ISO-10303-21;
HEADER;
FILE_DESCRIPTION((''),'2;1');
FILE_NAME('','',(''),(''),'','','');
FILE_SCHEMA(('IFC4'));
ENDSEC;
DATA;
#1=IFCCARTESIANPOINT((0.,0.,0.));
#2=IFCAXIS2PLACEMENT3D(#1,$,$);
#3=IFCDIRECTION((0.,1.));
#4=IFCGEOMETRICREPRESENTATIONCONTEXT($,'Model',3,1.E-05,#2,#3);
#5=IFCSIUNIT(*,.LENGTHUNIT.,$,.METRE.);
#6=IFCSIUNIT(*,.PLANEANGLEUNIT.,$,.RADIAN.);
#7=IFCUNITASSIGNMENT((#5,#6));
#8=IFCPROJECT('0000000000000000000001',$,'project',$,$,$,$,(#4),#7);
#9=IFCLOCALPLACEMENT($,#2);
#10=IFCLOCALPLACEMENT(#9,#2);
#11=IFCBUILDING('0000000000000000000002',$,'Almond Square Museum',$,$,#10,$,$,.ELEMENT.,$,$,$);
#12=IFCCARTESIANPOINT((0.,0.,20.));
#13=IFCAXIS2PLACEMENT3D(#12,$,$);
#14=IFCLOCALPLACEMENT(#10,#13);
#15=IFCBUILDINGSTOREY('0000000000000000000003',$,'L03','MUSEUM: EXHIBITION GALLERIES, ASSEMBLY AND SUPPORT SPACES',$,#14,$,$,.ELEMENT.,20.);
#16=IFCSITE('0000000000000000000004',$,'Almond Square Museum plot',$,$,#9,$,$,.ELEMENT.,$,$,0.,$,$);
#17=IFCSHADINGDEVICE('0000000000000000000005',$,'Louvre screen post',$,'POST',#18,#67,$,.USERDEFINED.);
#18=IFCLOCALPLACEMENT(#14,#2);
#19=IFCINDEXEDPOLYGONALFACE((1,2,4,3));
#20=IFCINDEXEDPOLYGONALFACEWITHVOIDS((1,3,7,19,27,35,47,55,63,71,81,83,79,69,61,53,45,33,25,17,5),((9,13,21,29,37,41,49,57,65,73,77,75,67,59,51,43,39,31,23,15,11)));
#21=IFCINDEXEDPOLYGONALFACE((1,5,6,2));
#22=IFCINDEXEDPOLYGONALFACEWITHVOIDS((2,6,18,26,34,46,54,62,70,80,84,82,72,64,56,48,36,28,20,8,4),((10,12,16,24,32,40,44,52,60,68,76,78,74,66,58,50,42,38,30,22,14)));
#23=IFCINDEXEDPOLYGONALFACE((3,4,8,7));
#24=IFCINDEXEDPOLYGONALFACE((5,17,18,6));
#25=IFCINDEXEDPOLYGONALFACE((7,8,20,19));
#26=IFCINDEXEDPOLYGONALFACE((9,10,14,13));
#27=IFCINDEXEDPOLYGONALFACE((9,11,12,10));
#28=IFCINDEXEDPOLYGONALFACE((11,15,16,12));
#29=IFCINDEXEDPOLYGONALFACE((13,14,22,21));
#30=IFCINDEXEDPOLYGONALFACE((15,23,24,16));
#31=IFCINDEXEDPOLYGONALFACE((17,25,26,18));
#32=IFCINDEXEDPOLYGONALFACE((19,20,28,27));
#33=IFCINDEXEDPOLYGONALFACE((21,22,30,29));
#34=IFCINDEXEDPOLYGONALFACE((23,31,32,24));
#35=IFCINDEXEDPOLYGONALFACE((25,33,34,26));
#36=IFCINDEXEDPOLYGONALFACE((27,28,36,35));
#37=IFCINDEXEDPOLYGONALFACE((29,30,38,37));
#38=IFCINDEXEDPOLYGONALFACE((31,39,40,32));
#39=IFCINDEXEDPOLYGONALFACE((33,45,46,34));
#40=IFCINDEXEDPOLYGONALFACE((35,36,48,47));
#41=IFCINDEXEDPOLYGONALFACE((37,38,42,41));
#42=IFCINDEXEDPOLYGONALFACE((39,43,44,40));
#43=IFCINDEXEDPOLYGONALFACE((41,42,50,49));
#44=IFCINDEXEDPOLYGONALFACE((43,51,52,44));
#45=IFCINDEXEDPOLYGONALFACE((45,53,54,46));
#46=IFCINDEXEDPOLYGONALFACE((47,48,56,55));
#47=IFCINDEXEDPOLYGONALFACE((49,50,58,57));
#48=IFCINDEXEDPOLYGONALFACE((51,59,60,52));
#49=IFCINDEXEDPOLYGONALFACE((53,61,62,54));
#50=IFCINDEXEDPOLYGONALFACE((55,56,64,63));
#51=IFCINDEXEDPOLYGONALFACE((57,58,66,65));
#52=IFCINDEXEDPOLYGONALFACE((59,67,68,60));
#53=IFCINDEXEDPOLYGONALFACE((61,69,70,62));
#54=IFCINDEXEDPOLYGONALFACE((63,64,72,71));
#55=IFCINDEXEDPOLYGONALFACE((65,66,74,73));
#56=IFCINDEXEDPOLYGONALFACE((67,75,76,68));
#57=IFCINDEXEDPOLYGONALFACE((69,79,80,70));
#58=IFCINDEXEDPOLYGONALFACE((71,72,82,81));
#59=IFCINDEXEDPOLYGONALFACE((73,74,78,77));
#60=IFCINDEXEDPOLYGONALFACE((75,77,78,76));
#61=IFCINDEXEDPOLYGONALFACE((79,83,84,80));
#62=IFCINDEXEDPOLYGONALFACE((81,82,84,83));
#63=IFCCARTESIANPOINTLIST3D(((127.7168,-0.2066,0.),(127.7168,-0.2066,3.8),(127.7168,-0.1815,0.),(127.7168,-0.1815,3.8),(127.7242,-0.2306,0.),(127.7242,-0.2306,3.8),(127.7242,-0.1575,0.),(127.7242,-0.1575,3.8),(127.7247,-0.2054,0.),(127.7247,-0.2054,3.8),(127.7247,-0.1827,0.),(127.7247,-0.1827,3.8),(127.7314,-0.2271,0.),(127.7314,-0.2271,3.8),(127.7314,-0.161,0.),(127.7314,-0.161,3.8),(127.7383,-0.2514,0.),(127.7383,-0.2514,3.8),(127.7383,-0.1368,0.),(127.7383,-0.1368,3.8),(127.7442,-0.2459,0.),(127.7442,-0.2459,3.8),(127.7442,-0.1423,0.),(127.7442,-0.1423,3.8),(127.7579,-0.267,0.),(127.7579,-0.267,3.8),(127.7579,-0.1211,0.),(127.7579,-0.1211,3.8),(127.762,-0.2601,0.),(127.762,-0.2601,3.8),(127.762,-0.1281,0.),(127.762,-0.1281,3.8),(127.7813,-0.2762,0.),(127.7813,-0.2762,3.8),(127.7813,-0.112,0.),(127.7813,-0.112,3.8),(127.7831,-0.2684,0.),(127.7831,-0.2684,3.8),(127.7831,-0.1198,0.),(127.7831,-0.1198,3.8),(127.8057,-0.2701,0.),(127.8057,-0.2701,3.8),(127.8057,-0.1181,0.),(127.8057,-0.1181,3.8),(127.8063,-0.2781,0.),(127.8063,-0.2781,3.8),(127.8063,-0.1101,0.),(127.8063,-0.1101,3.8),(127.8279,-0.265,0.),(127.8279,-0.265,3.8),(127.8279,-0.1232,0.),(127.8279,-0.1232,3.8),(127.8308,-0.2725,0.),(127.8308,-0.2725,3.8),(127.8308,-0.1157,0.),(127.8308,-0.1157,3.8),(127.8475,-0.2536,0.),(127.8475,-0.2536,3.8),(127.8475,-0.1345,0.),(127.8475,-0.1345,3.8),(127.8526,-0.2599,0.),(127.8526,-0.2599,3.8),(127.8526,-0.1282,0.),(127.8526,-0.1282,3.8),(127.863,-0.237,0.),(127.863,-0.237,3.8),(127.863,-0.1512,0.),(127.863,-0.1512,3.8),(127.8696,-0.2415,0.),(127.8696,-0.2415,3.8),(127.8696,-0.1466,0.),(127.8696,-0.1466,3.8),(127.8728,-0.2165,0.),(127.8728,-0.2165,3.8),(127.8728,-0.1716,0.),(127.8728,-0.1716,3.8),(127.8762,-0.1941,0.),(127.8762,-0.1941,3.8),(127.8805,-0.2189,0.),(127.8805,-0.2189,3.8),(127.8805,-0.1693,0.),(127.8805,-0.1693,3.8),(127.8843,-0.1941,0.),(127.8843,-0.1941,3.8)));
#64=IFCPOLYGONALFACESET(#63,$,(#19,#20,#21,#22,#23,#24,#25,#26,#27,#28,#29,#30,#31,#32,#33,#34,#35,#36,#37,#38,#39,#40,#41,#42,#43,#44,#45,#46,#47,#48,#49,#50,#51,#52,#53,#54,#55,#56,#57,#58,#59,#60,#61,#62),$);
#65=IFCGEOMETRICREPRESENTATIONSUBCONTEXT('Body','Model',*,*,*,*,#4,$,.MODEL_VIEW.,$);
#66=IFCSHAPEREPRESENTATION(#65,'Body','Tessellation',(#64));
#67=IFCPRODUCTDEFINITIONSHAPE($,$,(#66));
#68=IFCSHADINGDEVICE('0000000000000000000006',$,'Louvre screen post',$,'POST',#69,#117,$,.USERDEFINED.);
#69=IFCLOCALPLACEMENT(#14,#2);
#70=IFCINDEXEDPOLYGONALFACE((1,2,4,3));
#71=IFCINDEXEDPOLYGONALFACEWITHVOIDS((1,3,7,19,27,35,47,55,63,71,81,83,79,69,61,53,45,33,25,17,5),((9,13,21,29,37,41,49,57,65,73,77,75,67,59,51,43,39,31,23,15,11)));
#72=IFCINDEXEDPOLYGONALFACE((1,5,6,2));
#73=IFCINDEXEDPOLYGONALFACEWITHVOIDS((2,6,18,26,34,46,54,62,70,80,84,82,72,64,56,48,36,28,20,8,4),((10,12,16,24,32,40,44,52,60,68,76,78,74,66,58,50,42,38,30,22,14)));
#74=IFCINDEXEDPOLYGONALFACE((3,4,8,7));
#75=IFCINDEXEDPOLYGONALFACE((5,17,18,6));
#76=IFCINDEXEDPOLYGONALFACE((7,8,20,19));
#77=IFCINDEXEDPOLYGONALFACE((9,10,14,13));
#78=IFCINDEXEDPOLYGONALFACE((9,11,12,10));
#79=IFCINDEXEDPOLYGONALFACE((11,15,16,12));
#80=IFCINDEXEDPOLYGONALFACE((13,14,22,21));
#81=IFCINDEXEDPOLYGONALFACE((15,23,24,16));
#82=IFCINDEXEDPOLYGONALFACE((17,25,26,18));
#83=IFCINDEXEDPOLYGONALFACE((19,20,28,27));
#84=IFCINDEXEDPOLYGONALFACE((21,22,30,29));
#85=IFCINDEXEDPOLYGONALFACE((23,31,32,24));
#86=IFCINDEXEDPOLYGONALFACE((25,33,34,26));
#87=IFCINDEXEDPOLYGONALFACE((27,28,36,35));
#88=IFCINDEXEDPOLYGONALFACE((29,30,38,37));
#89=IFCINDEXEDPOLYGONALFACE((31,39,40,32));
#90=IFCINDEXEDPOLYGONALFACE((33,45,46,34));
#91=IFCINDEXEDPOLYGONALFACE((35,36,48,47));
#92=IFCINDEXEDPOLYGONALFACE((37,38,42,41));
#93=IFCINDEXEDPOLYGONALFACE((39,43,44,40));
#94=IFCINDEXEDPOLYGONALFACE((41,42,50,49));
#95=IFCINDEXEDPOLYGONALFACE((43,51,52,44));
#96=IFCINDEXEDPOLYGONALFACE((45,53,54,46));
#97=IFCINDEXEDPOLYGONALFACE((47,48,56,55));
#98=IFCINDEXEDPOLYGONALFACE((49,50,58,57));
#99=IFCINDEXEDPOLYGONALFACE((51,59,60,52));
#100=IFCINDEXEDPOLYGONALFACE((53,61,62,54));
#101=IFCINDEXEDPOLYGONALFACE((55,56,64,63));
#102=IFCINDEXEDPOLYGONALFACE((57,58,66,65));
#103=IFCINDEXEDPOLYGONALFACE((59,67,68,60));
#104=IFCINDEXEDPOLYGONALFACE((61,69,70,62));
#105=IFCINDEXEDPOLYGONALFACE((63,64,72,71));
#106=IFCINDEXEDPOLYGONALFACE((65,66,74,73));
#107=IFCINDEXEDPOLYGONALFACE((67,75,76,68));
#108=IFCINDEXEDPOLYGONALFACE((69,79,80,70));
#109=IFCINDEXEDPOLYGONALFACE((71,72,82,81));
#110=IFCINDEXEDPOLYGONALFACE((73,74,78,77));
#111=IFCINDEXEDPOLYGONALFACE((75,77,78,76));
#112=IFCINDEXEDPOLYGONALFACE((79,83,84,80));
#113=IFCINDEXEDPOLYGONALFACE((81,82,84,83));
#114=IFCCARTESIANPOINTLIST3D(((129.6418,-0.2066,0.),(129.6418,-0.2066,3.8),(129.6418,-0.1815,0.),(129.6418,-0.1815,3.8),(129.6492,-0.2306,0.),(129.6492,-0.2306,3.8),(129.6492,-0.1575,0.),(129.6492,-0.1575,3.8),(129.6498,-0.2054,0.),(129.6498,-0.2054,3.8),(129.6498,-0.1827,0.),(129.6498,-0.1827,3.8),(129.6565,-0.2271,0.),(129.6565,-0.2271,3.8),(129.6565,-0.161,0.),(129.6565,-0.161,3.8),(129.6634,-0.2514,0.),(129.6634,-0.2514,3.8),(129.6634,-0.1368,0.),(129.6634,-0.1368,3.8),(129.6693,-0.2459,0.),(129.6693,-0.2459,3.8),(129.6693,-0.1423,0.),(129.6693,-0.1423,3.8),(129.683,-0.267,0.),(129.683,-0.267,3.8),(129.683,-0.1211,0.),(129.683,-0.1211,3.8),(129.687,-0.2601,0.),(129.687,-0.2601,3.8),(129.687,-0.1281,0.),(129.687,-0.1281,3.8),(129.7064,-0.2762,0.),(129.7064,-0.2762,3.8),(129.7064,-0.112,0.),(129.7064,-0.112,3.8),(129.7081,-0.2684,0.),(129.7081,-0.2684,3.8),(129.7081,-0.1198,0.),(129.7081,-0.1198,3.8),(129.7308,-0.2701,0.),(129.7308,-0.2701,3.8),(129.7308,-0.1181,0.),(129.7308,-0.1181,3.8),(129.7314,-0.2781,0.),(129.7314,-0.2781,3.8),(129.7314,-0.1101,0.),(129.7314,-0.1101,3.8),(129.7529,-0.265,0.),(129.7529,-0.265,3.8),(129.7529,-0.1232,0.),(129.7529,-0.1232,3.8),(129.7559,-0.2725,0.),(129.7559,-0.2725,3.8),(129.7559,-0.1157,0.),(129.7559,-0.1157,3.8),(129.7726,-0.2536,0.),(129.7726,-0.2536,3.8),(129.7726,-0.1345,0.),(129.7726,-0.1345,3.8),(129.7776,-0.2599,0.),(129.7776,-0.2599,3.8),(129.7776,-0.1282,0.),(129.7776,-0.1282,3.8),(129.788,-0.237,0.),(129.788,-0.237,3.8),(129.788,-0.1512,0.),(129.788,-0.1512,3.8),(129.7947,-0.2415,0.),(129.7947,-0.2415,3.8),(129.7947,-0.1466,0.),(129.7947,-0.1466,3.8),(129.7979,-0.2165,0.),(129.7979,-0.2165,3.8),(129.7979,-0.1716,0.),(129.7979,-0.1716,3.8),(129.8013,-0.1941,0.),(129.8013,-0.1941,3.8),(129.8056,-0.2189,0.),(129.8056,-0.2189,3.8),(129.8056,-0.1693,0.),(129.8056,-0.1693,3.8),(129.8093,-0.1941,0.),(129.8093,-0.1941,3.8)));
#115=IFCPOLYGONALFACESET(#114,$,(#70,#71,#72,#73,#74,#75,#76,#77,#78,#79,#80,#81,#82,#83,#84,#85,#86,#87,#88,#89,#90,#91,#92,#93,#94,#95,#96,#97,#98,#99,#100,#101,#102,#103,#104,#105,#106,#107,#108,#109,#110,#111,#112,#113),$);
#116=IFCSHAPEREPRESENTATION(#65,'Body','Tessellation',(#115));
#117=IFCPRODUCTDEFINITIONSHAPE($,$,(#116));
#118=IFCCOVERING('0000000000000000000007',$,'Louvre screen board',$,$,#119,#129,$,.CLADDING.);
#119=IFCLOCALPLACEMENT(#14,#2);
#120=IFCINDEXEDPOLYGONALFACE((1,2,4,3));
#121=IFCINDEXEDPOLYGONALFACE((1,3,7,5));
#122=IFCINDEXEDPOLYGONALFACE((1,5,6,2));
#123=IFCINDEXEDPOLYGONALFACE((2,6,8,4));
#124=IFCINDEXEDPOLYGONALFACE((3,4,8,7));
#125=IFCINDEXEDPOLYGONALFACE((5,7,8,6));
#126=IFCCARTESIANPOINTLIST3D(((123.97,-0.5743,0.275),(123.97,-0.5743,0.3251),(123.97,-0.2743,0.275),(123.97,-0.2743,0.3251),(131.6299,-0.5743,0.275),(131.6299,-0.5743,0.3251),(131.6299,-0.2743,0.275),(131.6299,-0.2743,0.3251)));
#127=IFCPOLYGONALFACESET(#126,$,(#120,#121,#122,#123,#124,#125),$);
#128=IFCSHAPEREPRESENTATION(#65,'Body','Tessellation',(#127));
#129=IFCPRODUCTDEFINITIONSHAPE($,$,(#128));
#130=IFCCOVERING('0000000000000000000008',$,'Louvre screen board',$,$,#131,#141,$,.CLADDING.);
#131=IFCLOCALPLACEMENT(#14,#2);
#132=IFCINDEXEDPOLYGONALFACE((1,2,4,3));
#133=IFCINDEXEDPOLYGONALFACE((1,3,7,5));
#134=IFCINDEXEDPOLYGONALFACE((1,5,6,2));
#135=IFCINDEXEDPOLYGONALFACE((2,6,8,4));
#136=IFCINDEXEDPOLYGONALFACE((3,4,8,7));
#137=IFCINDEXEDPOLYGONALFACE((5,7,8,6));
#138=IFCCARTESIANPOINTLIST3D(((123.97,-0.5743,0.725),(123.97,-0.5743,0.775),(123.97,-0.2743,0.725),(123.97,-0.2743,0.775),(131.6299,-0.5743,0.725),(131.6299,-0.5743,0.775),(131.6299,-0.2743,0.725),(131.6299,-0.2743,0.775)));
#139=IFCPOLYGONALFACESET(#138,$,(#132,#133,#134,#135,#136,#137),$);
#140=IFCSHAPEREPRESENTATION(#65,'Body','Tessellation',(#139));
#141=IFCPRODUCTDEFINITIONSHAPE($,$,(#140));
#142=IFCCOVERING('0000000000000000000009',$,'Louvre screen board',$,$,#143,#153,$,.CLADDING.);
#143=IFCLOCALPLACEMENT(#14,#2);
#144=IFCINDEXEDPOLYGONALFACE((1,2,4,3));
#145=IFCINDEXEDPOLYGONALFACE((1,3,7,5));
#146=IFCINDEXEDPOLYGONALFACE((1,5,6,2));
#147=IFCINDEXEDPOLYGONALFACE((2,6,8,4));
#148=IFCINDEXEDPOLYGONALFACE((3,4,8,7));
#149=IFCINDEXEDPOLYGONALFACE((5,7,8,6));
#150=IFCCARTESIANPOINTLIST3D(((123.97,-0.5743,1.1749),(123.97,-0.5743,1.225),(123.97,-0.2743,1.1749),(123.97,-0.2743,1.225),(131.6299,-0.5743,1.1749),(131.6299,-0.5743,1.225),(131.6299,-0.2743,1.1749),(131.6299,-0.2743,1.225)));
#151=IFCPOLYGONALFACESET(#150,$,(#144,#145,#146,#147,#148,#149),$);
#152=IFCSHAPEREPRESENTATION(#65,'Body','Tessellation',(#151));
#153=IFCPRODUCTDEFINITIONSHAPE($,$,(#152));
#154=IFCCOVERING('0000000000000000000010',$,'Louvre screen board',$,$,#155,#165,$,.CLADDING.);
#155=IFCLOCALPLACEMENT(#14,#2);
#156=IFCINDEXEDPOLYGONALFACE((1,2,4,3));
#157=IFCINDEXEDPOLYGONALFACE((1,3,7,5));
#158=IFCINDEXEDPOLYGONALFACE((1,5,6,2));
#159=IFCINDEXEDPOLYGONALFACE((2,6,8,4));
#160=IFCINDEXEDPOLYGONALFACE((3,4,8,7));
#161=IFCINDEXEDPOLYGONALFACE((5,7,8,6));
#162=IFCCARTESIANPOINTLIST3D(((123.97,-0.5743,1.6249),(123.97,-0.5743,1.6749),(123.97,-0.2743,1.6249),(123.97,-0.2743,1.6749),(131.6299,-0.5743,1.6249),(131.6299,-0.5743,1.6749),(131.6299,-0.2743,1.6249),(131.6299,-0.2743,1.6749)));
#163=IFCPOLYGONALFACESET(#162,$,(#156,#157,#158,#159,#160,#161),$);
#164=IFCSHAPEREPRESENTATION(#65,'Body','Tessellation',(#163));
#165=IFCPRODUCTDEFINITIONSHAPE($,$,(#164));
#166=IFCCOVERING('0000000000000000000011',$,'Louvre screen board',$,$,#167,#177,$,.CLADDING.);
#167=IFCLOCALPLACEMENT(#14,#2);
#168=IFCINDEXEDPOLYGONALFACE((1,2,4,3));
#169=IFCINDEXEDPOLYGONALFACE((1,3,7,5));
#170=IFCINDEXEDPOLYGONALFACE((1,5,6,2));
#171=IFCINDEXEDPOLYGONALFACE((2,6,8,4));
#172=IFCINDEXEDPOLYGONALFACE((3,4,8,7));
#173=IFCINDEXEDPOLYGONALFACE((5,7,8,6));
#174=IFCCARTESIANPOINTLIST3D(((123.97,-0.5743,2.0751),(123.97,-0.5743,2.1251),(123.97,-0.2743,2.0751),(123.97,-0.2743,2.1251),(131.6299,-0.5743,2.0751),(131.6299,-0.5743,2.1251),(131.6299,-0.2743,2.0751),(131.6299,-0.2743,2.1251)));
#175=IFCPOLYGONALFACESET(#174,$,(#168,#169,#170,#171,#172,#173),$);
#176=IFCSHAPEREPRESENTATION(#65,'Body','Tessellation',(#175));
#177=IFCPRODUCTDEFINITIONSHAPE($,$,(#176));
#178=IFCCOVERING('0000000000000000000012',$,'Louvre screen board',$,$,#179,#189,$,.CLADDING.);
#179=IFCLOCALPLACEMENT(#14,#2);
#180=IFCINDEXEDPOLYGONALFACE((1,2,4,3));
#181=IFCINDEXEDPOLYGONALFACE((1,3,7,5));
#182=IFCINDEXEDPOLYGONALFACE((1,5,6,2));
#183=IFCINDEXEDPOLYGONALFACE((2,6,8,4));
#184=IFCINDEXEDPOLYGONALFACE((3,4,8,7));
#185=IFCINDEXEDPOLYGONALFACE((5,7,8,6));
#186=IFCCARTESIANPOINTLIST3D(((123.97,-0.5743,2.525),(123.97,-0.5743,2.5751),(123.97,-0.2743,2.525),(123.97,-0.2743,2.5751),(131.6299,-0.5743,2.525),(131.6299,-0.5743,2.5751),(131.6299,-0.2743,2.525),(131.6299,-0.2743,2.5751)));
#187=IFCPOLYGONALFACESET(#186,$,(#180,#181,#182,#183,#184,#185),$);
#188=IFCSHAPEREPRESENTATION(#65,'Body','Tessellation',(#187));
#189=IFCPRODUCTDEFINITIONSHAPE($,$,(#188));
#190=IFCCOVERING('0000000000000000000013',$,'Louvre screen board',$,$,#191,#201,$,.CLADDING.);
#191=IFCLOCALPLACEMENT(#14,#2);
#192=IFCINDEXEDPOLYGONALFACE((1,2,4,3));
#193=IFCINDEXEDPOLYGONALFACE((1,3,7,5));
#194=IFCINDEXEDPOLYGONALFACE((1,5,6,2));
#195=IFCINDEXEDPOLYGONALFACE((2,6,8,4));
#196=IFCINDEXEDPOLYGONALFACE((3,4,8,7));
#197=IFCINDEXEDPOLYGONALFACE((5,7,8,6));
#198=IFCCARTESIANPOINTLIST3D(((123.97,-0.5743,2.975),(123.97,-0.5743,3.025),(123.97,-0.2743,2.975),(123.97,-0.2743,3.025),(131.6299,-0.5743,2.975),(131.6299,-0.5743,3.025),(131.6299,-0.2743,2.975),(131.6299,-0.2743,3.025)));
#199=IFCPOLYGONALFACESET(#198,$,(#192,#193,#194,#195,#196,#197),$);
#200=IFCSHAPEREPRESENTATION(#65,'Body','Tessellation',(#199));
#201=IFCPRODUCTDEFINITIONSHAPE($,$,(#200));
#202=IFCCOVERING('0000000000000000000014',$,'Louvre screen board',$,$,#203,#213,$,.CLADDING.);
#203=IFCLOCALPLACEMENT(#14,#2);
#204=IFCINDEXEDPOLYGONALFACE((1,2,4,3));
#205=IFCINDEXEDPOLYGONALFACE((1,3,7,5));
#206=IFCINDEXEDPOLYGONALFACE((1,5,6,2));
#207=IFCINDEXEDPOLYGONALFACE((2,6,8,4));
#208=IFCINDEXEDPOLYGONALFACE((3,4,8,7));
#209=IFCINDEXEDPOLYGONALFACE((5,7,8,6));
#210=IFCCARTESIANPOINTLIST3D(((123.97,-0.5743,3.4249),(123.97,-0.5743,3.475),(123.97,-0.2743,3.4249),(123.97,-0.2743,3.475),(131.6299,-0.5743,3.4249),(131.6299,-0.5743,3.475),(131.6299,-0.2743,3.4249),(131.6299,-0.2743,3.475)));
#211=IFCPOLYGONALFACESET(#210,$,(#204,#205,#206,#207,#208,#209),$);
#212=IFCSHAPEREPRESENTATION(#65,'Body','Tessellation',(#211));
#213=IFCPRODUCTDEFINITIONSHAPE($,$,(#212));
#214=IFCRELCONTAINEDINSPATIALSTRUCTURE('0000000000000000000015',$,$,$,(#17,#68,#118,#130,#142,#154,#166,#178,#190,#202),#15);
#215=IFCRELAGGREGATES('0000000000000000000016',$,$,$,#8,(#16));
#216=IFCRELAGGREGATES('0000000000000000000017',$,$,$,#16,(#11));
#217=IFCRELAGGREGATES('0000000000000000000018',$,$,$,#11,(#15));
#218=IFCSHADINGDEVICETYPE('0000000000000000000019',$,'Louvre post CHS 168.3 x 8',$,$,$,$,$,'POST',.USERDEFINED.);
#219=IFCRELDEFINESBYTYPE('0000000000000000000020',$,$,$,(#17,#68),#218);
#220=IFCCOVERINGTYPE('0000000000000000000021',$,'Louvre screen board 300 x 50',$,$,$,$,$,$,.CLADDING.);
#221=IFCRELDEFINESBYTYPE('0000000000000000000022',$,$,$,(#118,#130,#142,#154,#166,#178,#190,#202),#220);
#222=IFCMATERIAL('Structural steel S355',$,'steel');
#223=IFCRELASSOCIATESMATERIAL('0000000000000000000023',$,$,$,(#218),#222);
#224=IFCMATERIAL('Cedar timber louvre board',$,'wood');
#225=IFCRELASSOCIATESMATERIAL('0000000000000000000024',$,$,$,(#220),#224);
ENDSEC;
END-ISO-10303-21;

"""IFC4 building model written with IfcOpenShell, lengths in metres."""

from ifc_helpers import new_model, si_unit, direction, frame, origin, origin_2d, place, context, subcontext, project, spatial, rectangle, hollow_circle, extrude, material, material_profile, profile_set, type_object, element, save


model = new_model("IFC4")

# Units and contexts
model_context = context("Model", 3, precision=1e-05, world=origin(), true_north=direction((0.0, 1.0)))
body_context = subcontext(model_context, "Body", "Model", "MODEL_VIEW")
ifc_project = project(units=[si_unit("LENGTHUNIT", "METRE"), si_unit("PLANEANGLEUNIT", "RADIAN")], contexts=[model_context])

# Site, building, storey
site_placement = place(None, origin())
site = spatial("IfcSite", under=ifc_project, at=site_placement, Name="Almond Square Museum plot", CompositionType="ELEMENT", RefElevation=0.0)
building_placement = place(site_placement, origin())
building = spatial("IfcBuilding", under=site, at=building_placement, Name="Almond Square Museum", CompositionType="ELEMENT")
storey_placement = place(building_placement, frame((0.0, 0.0, 20.0)))
storey = spatial("IfcBuildingStorey", under=building, at=storey_placement, Name="L03", Description="MUSEUM: EXHIBITION GALLERIES, ASSEMBLY AND SUPPORT SPACES", CompositionType="ELEMENT", Elevation=20.0)

# Shading devices
ifc_material_1 = material(Name="Structural steel S355", Category="steel")
ifc_material_profile_1 = material_profile(ifc_material_1, hollow_circle(Radius=0.0842, WallThickness=0.0081, at=origin_2d()))
ifc_profile_set_1 = profile_set([ifc_material_profile_1], Name="Structural steel S355")
shading_device_type = type_object("IfcShadingDeviceType", Name="Louvre post CHS 168.3 x 8", ElementType="POST", PredefinedType="USERDEFINED", material=ifc_profile_set_1)
for number, where, z_axis, x_axis, name in (
    (1, (127.8, -0.1941, 0.0), (0.0, 0.0, 1.0), (1.0, 0.0, 0.0), "Louvre screen post"),
    (2, (129.7251, -0.1941, 0.0), (0.0, 0.0, 1.0), (1.0, 0.0, 0.0), "Louvre screen post"),
):
    element("IfcShadingDevice", number, at=place(storey_placement, frame(where, z_axis=z_axis, x_axis=x_axis)), inside=storey, type_object=shading_device_type, Name=name, ObjectType="POST", PredefinedType="USERDEFINED", context=body_context, shape_type="SweptSolid", body=[
        extrude(hollow_circle(Radius=0.0842, WallThickness=0.0081, at=origin_2d()), origin(), (0.0, 0.0, 1.0), 3.8),
    ])

# Coverings
ifc_material_2 = material(Name="Cedar timber louvre board", Category="wood")
ifc_material_profile_2 = material_profile(ifc_material_2, rectangle(XDim=0.3, YDim=0.05, at=origin_2d()))
ifc_profile_set_2 = profile_set([ifc_material_profile_2], Name="Cedar timber louvre board")
covering_type = type_object("IfcCoveringType", Name="Louvre screen board 300 x 50", PredefinedType="CLADDING", material=ifc_profile_set_2)
for number, where, z_axis, x_axis, name in (
    (3, (123.97, -0.4243, 0.3), (1.0, 0.0, 0.0), (0.0, 1.0, 0.0), "Louvre screen board"),
    (4, (123.97, -0.4243, 0.75), (1.0, 0.0, 0.0), (0.0, 1.0, 0.0), "Louvre screen board"),
    (5, (123.97, -0.4243, 1.2), (1.0, 0.0, 0.0), (0.0, 1.0, 0.0), "Louvre screen board"),
    (6, (123.97, -0.4243, 1.6499), (1.0, 0.0, 0.0), (0.0, 1.0, 0.0), "Louvre screen board"),
    (7, (123.97, -0.4243, 2.1001), (1.0, 0.0, 0.0), (0.0, 1.0, 0.0), "Louvre screen board"),
    (8, (123.97, -0.4243, 2.55), (1.0, 0.0, 0.0), (0.0, 1.0, 0.0), "Louvre screen board"),
    (9, (123.97, -0.4243, 3.0), (1.0, 0.0, 0.0), (0.0, 1.0, 0.0), "Louvre screen board"),
    (10, (123.97, -0.4243, 3.45), (1.0, 0.0, 0.0), (0.0, 1.0, 0.0), "Louvre screen board"),
):
    element("IfcCovering", number, at=place(storey_placement, frame(where, z_axis=z_axis, x_axis=x_axis)), inside=storey, type_object=covering_type, Name=name, PredefinedType="CLADDING", context=body_context, shape_type="SweptSolid", body=[
        extrude(rectangle(XDim=0.3, YDim=0.05, at=origin_2d()), origin(), (0.0, 0.0, 1.0), 7.6599),
    ])

save(model, "model.ifc")
